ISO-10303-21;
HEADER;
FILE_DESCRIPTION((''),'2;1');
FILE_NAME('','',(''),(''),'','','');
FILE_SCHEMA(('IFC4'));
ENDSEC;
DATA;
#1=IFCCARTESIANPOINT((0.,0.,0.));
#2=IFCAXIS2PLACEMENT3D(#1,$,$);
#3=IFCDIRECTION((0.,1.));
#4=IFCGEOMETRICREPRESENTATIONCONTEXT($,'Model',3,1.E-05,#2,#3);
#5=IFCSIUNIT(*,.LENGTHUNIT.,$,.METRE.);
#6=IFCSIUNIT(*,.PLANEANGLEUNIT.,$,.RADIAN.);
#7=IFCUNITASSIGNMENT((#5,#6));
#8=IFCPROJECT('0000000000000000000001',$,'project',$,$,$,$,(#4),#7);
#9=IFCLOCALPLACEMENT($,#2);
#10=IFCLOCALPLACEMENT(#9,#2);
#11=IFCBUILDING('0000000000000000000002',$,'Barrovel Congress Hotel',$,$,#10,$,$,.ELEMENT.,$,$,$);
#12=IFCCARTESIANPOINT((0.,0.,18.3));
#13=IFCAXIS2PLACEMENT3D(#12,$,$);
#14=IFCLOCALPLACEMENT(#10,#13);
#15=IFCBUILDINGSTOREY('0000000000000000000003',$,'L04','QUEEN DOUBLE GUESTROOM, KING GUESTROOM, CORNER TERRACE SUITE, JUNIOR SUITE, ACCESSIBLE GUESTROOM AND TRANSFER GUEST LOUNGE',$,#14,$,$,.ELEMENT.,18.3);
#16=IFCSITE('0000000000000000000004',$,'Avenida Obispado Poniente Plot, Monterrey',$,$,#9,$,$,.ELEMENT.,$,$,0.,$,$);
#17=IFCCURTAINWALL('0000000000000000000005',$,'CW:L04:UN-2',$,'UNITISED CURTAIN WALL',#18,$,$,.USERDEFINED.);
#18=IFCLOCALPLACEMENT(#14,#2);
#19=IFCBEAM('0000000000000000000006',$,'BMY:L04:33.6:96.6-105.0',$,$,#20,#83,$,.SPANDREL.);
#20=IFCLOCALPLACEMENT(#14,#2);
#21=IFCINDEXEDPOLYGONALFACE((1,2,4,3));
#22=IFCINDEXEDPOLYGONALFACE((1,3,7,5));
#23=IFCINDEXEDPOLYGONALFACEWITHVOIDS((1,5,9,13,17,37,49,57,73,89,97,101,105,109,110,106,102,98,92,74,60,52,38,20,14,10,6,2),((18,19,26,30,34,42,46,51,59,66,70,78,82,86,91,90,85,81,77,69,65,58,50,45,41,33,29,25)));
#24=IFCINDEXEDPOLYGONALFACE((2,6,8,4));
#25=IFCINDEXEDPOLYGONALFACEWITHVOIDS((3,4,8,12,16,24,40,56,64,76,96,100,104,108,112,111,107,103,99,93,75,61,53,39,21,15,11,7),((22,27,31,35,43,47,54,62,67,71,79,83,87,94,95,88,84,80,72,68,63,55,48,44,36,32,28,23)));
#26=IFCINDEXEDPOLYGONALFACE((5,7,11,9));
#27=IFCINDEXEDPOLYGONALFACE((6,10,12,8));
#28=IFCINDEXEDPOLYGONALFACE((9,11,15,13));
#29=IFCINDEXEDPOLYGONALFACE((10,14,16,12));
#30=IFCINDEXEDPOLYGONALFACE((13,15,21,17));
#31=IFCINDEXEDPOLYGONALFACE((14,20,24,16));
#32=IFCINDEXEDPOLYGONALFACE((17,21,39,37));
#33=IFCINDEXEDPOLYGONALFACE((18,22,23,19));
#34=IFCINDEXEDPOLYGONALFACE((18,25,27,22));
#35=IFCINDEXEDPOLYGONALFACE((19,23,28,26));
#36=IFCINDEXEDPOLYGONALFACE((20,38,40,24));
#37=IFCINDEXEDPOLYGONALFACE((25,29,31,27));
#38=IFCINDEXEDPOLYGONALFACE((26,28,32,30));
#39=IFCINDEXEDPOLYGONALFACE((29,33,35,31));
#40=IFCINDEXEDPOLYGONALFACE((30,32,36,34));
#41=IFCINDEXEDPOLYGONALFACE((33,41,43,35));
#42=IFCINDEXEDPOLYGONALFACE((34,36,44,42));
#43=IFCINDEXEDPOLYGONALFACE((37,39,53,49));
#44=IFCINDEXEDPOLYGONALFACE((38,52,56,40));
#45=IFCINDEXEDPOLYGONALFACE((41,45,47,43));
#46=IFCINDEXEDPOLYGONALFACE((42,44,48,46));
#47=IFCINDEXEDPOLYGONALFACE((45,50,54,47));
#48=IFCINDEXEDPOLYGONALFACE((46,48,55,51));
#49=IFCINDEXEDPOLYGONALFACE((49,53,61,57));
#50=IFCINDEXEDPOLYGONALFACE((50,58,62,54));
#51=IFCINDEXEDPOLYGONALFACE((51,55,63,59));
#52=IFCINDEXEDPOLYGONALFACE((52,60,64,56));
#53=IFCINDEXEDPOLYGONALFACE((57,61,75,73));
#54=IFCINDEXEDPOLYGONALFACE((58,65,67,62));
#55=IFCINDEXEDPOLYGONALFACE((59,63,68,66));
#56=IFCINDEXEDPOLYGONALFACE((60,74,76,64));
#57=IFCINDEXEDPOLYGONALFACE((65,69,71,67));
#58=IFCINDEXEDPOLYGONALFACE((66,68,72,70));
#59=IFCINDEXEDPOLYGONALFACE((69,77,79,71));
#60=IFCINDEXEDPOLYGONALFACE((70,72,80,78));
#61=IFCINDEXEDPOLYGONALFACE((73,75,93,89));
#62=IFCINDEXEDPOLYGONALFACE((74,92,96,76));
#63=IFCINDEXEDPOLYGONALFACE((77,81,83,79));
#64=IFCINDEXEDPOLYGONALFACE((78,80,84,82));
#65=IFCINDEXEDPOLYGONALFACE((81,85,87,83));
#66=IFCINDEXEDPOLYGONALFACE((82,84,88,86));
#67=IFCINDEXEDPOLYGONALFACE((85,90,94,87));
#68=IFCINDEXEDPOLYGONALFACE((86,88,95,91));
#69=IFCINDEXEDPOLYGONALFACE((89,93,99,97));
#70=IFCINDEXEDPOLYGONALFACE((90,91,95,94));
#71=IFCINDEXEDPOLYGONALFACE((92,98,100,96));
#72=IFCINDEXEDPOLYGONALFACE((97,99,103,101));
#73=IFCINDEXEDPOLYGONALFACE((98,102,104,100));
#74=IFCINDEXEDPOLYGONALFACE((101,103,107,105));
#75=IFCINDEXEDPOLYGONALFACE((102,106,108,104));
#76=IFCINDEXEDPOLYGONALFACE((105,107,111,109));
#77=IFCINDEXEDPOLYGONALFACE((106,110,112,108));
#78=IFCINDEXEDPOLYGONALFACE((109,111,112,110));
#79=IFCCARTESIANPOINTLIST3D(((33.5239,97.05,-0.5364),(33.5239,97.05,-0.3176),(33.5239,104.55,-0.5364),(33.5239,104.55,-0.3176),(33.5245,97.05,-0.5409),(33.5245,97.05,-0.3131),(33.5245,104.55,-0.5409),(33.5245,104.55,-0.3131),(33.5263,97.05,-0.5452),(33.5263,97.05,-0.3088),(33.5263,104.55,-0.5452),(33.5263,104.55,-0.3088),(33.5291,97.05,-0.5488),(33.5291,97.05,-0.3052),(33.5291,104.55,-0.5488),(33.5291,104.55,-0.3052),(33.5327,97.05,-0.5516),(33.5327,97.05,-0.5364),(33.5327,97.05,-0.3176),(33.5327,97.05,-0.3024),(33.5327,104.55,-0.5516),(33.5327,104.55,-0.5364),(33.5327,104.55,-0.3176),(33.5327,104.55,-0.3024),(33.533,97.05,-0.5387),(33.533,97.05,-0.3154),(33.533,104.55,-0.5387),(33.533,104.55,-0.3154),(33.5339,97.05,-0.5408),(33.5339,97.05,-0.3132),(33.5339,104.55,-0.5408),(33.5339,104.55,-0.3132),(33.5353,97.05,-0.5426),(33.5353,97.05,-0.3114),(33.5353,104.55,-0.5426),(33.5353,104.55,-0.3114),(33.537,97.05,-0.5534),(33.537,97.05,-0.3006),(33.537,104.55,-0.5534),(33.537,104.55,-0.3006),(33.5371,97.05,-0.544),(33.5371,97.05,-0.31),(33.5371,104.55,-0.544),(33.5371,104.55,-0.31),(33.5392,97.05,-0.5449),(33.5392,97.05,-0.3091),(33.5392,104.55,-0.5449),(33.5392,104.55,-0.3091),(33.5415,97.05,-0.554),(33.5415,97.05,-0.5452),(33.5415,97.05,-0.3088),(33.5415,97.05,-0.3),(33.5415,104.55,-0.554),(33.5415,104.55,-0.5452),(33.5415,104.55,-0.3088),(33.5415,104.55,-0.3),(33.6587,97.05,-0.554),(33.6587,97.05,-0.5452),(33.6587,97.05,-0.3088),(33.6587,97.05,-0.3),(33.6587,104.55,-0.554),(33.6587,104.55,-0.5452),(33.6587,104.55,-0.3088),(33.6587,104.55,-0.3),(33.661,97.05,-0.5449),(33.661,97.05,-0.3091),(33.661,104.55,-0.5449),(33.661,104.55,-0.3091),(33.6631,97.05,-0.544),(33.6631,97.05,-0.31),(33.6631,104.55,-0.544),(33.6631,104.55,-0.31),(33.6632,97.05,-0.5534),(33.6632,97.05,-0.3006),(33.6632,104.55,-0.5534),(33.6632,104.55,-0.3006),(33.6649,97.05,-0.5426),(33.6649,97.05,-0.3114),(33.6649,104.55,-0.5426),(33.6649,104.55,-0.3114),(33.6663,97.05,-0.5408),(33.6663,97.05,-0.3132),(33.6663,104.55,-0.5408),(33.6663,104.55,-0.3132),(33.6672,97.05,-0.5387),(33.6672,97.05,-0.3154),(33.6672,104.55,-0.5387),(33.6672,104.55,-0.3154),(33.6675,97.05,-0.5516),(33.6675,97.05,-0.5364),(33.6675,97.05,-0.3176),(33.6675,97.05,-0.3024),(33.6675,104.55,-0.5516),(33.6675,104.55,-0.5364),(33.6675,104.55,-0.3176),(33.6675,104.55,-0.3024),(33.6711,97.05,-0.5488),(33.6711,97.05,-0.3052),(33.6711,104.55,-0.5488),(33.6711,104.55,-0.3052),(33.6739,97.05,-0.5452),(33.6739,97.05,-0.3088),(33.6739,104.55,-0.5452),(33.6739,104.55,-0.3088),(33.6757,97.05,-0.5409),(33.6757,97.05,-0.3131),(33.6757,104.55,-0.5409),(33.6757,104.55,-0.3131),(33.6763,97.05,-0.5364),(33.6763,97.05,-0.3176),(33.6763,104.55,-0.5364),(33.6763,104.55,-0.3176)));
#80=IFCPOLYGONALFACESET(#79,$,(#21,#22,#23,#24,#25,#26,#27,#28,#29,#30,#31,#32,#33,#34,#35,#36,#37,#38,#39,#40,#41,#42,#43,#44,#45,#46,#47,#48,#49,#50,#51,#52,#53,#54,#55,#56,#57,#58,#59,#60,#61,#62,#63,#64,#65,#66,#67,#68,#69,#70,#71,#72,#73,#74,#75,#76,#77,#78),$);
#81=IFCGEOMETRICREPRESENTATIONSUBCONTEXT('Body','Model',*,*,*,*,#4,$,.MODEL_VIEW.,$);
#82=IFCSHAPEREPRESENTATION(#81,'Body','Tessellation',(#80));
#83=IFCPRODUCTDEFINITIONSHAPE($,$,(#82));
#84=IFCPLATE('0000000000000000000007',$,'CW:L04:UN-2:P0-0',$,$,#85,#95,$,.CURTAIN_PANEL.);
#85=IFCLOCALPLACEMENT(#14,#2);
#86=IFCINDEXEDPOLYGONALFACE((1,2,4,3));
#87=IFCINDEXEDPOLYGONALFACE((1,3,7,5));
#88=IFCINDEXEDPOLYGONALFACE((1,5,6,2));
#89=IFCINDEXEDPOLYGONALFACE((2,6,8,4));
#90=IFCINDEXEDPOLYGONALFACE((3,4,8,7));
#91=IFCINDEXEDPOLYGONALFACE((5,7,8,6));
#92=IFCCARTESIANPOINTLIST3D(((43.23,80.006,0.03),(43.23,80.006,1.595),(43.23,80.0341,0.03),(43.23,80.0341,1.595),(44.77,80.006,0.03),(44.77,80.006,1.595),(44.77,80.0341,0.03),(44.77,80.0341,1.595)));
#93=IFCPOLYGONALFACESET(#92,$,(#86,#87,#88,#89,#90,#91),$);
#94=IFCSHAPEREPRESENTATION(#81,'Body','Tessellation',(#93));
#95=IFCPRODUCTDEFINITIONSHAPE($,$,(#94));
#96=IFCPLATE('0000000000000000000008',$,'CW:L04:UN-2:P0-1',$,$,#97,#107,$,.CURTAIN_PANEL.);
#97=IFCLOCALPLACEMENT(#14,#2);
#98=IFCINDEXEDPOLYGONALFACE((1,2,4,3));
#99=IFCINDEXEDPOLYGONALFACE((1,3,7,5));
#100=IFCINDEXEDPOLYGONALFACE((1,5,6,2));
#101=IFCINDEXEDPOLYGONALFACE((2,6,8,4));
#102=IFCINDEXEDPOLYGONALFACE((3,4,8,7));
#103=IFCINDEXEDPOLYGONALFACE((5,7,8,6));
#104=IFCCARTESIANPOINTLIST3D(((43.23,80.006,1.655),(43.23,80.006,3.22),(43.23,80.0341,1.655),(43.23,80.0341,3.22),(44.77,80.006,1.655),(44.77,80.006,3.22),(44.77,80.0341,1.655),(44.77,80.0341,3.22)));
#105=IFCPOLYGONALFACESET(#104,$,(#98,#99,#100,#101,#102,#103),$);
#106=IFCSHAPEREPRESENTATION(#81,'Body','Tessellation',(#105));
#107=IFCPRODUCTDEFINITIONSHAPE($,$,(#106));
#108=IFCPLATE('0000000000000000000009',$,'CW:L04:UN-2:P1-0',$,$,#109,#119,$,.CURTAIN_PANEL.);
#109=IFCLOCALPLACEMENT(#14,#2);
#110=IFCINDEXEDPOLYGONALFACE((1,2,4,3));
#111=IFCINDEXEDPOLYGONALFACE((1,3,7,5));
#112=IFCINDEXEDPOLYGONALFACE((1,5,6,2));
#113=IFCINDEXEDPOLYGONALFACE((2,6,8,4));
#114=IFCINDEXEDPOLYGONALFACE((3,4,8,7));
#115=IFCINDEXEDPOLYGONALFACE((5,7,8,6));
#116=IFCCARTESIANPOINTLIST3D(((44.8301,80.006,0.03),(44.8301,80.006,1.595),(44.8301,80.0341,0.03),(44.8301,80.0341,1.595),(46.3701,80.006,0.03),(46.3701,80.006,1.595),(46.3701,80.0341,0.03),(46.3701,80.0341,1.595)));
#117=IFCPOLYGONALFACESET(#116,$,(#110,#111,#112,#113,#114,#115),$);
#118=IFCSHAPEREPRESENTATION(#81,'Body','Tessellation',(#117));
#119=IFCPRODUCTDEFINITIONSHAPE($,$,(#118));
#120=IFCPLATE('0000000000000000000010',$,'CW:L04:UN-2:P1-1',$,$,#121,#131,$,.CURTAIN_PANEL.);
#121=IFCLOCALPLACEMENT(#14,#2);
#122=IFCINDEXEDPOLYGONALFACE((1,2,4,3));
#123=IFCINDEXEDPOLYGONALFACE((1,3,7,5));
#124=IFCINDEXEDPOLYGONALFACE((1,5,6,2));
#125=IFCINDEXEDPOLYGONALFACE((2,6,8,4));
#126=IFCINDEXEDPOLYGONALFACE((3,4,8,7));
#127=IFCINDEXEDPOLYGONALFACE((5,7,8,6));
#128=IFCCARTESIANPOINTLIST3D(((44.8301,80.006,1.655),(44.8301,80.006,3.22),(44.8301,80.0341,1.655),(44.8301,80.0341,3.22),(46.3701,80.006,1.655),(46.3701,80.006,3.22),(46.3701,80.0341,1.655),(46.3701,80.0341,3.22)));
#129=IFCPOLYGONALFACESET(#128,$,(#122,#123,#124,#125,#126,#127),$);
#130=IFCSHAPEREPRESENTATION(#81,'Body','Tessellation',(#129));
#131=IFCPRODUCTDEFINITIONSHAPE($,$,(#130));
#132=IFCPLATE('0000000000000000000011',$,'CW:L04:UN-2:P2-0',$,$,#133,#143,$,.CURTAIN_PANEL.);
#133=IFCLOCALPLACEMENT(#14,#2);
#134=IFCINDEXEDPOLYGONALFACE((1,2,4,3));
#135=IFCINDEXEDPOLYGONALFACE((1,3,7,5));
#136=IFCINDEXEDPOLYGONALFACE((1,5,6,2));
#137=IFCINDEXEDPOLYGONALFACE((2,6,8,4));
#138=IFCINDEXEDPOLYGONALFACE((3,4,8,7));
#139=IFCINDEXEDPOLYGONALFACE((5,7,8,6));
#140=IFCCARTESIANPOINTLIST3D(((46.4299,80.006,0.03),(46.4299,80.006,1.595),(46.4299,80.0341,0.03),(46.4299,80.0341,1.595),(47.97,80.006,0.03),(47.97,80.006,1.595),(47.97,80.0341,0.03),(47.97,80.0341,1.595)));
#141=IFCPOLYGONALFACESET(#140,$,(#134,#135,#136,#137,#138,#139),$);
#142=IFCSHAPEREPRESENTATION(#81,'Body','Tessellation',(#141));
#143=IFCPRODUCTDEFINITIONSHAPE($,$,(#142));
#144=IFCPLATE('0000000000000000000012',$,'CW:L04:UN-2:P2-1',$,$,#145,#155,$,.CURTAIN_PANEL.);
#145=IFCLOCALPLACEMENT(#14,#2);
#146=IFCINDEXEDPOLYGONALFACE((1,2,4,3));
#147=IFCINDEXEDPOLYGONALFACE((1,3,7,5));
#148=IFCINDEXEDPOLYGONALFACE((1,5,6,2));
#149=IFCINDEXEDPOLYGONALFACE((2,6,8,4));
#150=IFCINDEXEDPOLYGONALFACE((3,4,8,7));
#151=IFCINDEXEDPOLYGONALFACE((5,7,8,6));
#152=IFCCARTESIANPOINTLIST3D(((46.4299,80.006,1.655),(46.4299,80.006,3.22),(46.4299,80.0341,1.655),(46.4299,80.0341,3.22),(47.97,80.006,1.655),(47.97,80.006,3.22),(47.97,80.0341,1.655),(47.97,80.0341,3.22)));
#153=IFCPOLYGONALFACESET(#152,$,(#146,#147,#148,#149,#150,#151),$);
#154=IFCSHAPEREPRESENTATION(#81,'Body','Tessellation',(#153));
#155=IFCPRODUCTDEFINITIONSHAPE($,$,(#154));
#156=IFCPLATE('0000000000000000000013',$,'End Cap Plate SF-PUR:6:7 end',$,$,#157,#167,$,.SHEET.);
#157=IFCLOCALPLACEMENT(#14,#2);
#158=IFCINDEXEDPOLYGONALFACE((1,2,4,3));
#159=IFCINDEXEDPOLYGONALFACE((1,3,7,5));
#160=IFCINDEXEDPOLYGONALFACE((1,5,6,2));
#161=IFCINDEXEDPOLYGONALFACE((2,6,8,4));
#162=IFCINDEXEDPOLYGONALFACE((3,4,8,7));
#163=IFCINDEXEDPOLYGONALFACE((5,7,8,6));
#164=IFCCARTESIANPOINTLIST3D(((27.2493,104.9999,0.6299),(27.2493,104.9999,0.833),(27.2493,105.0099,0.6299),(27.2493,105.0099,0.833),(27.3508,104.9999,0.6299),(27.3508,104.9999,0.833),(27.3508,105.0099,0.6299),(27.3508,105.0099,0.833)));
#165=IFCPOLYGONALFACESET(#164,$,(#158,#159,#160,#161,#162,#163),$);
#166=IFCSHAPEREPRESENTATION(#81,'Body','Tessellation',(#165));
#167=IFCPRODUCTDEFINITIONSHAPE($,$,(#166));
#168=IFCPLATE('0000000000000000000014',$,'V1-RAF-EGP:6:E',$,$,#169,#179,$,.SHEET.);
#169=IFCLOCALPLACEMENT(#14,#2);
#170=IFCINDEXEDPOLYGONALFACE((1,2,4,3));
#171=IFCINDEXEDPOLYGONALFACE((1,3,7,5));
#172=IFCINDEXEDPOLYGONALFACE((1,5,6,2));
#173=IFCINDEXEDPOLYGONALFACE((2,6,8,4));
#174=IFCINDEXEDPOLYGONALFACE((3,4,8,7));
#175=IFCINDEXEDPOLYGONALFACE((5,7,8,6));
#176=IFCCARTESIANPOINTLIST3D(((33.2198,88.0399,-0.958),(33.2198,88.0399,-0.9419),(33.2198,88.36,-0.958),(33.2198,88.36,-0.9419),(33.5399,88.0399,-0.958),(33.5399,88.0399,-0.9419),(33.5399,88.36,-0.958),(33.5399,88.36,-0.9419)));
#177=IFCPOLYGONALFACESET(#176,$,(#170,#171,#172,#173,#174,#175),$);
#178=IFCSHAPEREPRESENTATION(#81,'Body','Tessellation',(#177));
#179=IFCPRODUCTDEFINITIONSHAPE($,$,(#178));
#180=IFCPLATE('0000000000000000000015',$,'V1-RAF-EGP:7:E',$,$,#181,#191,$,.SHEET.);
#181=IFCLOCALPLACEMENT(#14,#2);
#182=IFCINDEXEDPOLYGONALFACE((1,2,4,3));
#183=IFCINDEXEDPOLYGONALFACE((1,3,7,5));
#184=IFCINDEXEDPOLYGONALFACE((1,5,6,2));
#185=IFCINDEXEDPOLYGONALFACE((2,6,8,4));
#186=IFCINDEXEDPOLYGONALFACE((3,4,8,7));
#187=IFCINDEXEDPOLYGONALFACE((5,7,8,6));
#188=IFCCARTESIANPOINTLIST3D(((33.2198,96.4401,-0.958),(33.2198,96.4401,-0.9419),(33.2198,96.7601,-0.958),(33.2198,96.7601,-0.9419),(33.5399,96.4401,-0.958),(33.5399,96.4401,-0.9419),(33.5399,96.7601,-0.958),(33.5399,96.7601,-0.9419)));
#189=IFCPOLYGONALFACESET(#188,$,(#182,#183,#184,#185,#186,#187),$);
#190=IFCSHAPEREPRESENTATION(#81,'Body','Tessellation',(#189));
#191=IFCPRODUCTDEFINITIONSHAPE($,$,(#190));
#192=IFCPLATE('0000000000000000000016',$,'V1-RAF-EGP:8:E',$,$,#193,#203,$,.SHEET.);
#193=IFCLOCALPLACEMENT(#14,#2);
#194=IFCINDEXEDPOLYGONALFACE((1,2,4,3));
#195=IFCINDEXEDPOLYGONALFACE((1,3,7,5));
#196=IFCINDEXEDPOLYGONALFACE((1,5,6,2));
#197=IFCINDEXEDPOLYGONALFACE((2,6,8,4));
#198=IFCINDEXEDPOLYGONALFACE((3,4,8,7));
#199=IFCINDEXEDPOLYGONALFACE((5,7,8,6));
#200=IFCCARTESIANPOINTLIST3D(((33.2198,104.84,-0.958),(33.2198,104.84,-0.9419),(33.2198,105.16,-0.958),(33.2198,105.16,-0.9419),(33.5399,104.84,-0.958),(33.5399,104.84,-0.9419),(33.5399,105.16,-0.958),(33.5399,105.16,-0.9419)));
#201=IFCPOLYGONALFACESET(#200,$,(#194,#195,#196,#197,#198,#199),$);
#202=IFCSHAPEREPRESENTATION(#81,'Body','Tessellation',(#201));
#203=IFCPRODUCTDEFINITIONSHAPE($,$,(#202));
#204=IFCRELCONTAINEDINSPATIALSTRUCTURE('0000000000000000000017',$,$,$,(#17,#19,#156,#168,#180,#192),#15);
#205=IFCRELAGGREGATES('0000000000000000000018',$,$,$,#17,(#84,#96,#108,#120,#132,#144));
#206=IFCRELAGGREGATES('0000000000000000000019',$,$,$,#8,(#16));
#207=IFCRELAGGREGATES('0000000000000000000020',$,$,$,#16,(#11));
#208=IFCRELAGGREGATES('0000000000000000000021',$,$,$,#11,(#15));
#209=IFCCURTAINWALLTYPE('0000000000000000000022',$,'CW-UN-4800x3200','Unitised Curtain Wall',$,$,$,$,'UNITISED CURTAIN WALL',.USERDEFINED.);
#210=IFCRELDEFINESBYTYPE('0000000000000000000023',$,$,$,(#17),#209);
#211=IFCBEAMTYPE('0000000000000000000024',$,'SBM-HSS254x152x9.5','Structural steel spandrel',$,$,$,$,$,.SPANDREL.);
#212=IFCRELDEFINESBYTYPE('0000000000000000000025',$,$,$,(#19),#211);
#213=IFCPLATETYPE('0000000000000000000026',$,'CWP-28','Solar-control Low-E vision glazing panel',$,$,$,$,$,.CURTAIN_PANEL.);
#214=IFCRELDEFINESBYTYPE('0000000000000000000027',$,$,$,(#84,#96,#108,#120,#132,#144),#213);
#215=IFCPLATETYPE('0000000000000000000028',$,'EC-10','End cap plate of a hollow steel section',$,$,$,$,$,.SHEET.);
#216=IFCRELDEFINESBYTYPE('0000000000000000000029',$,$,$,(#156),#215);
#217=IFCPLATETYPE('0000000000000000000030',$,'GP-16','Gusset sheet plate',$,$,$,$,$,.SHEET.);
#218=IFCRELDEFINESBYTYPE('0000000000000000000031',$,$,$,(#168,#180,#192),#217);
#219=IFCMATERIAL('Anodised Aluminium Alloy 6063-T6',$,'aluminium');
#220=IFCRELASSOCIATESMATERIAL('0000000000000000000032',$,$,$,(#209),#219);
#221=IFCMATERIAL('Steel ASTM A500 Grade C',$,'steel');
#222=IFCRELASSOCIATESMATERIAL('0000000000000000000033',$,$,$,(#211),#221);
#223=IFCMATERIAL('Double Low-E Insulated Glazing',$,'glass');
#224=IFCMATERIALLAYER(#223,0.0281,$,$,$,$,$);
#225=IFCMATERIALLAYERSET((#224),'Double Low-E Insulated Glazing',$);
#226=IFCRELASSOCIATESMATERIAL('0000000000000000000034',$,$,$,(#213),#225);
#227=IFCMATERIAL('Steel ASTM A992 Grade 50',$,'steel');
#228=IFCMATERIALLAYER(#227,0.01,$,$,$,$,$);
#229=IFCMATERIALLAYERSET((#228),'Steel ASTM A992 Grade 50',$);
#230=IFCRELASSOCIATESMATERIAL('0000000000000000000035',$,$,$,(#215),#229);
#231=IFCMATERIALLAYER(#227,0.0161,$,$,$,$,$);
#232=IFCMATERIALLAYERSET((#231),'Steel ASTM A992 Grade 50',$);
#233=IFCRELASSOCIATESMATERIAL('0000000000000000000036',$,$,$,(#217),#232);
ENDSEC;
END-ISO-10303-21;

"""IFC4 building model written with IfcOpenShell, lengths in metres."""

from ifc_helpers import new_model, si_unit, direction, frame, origin, origin_2d, place, context, subcontext, project, spatial, rectangle, hollow_rectangle, extrude, material, layer, layer_set, material_profile, profile_set, type_object, element, aggregate, save


model = new_model("IFC4")

# Units and contexts
model_context = context("Model", 3, precision=1e-05, world=origin(), true_north=direction((0.0, 1.0)))
body_context = subcontext(model_context, "Body", "Model", "MODEL_VIEW")
ifc_project = project(units=[si_unit("LENGTHUNIT", "METRE"), si_unit("PLANEANGLEUNIT", "RADIAN")], contexts=[model_context])

# Site, building, storey
site_placement = place(None, origin())
site = spatial("IfcSite", under=ifc_project, at=site_placement, Name="Avenida Obispado Poniente Plot, Monterrey", CompositionType="ELEMENT", RefElevation=0.0)
building_placement = place(site_placement, origin())
building = spatial("IfcBuilding", under=site, at=building_placement, Name="Barrovel Congress Hotel", CompositionType="ELEMENT")
storey_placement = place(building_placement, frame((0.0, 0.0, 18.3)))
storey = spatial("IfcBuildingStorey", under=building, at=storey_placement, Name="L04", Description="QUEEN DOUBLE GUESTROOM, KING GUESTROOM, CORNER TERRACE SUITE, JUNIOR SUITE, ACCESSIBLE GUESTROOM AND TRANSFER GUEST LOUNGE", CompositionType="ELEMENT", Elevation=18.3)

# Curtain wall
ifc_material_1 = material(Name="Anodised Aluminium Alloy 6063-T6", Category="aluminium")
curtain_wall_type = type_object("IfcCurtainWallType", Name="CW-UN-4800x3200", Description="Unitised Curtain Wall", ElementType="UNITISED CURTAIN WALL", PredefinedType="USERDEFINED", material=ifc_material_1)
curtain_wall_placement = place(storey_placement, origin())
curtain_wall = element("IfcCurtainWall", 1, at=curtain_wall_placement, inside=storey, type_object=curtain_wall_type, Name="CW:L04:UN-2", ObjectType="UNITISED CURTAIN WALL", PredefinedType="USERDEFINED")

# Shared definitions
ifc_material_2 = material(Name="Steel ASTM A500 Grade C", Category="steel")

# Beam
ifc_material_profile_1 = material_profile(ifc_material_2, hollow_rectangle(XDim=0.1523, YDim=0.2539, WallThickness=0.0088, InnerFilletRadius=0.0088, OuterFilletRadius=0.0176, at=origin_2d()), Name="HSS254x152x9.5")
ifc_profile_set_1 = profile_set([ifc_material_profile_1], Name="Steel ASTM A500 Grade C")
beam_type_1 = type_object("IfcBeamType", Name="SBM-HSS254x152x9.5", Description="Structural steel spandrel", PredefinedType="SPANDREL", material=ifc_profile_set_1)
beam_1_placement = place(storey_placement, frame((33.6001, 97.05, -0.427), z_axis=(0.0, 1.0, 0.0), x_axis=(-1.0, 0.0, 0.0)))
element("IfcBeam", 2, at=beam_1_placement, inside=storey, type_object=beam_type_1, Name="BMY:L04:33.6:96.6-105.0", PredefinedType="SPANDREL", context=body_context, shape_type="SweptSolid", body=[
    extrude(hollow_rectangle(XDim=0.1523, YDim=0.2539, WallThickness=0.0088, InnerFilletRadius=0.0088, OuterFilletRadius=0.0176, at=origin_2d()), origin(), (0.0, 0.0, 1.0), 7.5),
])

# Plates
ifc_material_3 = material(Name="Double Low-E Insulated Glazing", Category="glass")
ifc_layer_1 = layer(ifc_material_3, 0.0281)
ifc_layer_set_1 = layer_set([ifc_layer_1], Name="Double Low-E Insulated Glazing")
plate_type_1 = type_object("IfcPlateType", Name="CWP-28", Description="Solar-control Low-E vision glazing panel", PredefinedType="CURTAIN_PANEL", material=ifc_layer_set_1)
plate_1_placement = place(storey_placement, frame((44.0, 80.02, 0.03), z_axis=(0.0, 0.0, 1.0), x_axis=(1.0, 0.0, 0.0)))
plate_1 = element("IfcPlate", 3, at=plate_1_placement, type_object=plate_type_1, Name="CW:L04:UN-2:P0-0", PredefinedType="CURTAIN_PANEL", context=body_context, shape_type="SweptSolid", body=[
    extrude(rectangle(XDim=1.54, YDim=0.0281, at=origin_2d()), origin(), (0.0, 0.0, 1.0), 1.5649),
])
plate_2_placement = place(storey_placement, frame((44.0, 80.02, 1.655), z_axis=(0.0, 0.0, 1.0), x_axis=(1.0, 0.0, 0.0)))
plate_2 = element("IfcPlate", 4, at=plate_2_placement, type_object=plate_type_1, Name="CW:L04:UN-2:P0-1", PredefinedType="CURTAIN_PANEL", context=body_context, shape_type="SweptSolid", body=[
    extrude(rectangle(XDim=1.54, YDim=0.0281, at=origin_2d()), origin(), (0.0, 0.0, 1.0), 1.5649),
])
plate_3_placement = place(storey_placement, frame((45.6001, 80.02, 0.03), z_axis=(0.0, 0.0, 1.0), x_axis=(1.0, 0.0, 0.0)))
plate_3 = element("IfcPlate", 5, at=plate_3_placement, type_object=plate_type_1, Name="CW:L04:UN-2:P1-0", PredefinedType="CURTAIN_PANEL", context=body_context, shape_type="SweptSolid", body=[
    extrude(rectangle(XDim=1.54, YDim=0.0281, at=origin_2d()), origin(), (0.0, 0.0, 1.0), 1.5649),
])
plate_4_placement = place(storey_placement, frame((45.6001, 80.02, 1.655), z_axis=(0.0, 0.0, 1.0), x_axis=(1.0, 0.0, 0.0)))
plate_4 = element("IfcPlate", 6, at=plate_4_placement, type_object=plate_type_1, Name="CW:L04:UN-2:P1-1", PredefinedType="CURTAIN_PANEL", context=body_context, shape_type="SweptSolid", body=[
    extrude(rectangle(XDim=1.54, YDim=0.0281, at=origin_2d()), origin(), (0.0, 0.0, 1.0), 1.5649),
])
plate_5_placement = place(storey_placement, frame((47.2, 80.02, 0.03), z_axis=(0.0, 0.0, 1.0), x_axis=(1.0, 0.0, 0.0)))
plate_5 = element("IfcPlate", 7, at=plate_5_placement, type_object=plate_type_1, Name="CW:L04:UN-2:P2-0", PredefinedType="CURTAIN_PANEL", context=body_context, shape_type="SweptSolid", body=[
    extrude(rectangle(XDim=1.54, YDim=0.0281, at=origin_2d()), origin(), (0.0, 0.0, 1.0), 1.5649),
])
plate_6_placement = place(storey_placement, frame((47.2, 80.02, 1.655), z_axis=(0.0, 0.0, 1.0), x_axis=(1.0, 0.0, 0.0)))
plate_6 = element("IfcPlate", 8, at=plate_6_placement, type_object=plate_type_1, Name="CW:L04:UN-2:P2-1", PredefinedType="CURTAIN_PANEL", context=body_context, shape_type="SweptSolid", body=[
    extrude(rectangle(XDim=1.54, YDim=0.0281, at=origin_2d()), origin(), (0.0, 0.0, 1.0), 1.5649),
])
aggregate(curtain_wall, [plate_1, plate_2, plate_3, plate_4, plate_5, plate_6])

# Plates
ifc_material_4 = material(Name="Steel ASTM A992 Grade 50", Category="steel")
ifc_layer_2 = layer(ifc_material_4, 0.01)
ifc_layer_set_2 = layer_set([ifc_layer_2], Name="Steel ASTM A992 Grade 50")
plate_type_2 = type_object("IfcPlateType", Name="EC-10", Description="End cap plate of a hollow steel section", PredefinedType="SHEET", material=ifc_layer_set_2)
plate_7_placement = place(storey_placement, frame((27.3, 105.0049, 0.6299), z_axis=(0.0, 0.0, 1.0), x_axis=(0.0, 1.0, 0.0)))
element("IfcPlate", 9, at=plate_7_placement, inside=storey, type_object=plate_type_2, Name="End Cap Plate SF-PUR:6:7 end", PredefinedType="SHEET", context=body_context, shape_type="SweptSolid", body=[
    extrude(rectangle(XDim=0.01, YDim=0.1016, at=origin_2d()), origin(), (0.0, 0.0, 1.0), 0.2031),
])
ifc_layer_3 = layer(ifc_material_4, 0.0161)
ifc_layer_set_3 = layer_set([ifc_layer_3], Name="Steel ASTM A992 Grade 50")
plate_type_3 = type_object("IfcPlateType", Name="GP-16", Description="Gusset sheet plate", PredefinedType="SHEET", material=ifc_layer_set_3)
for number, where, z_axis, x_axis, name in (
    (10, (33.3799, 88.2, -0.958), (0.0, 0.0, 1.0), (1.0, 0.0, 0.0), "V1-RAF-EGP:6:E"),
    (11, (33.3799, 96.6001, -0.958), (0.0, 0.0, 1.0), (1.0, 0.0, 0.0), "V1-RAF-EGP:7:E"),
    (12, (33.3799, 105.0, -0.958), (0.0, 0.0, 1.0), (1.0, 0.0, 0.0), "V1-RAF-EGP:8:E"),
):
    element("IfcPlate", number, at=place(storey_placement, frame(where, z_axis=z_axis, x_axis=x_axis)), inside=storey, type_object=plate_type_3, Name=name, PredefinedType="SHEET", context=body_context, shape_type="SweptSolid", body=[
        extrude(rectangle(XDim=0.3201, YDim=0.3201, at=origin_2d()), origin(), (0.0, 0.0, 1.0), 0.0161),
    ])

save(model, "model.ifc")
